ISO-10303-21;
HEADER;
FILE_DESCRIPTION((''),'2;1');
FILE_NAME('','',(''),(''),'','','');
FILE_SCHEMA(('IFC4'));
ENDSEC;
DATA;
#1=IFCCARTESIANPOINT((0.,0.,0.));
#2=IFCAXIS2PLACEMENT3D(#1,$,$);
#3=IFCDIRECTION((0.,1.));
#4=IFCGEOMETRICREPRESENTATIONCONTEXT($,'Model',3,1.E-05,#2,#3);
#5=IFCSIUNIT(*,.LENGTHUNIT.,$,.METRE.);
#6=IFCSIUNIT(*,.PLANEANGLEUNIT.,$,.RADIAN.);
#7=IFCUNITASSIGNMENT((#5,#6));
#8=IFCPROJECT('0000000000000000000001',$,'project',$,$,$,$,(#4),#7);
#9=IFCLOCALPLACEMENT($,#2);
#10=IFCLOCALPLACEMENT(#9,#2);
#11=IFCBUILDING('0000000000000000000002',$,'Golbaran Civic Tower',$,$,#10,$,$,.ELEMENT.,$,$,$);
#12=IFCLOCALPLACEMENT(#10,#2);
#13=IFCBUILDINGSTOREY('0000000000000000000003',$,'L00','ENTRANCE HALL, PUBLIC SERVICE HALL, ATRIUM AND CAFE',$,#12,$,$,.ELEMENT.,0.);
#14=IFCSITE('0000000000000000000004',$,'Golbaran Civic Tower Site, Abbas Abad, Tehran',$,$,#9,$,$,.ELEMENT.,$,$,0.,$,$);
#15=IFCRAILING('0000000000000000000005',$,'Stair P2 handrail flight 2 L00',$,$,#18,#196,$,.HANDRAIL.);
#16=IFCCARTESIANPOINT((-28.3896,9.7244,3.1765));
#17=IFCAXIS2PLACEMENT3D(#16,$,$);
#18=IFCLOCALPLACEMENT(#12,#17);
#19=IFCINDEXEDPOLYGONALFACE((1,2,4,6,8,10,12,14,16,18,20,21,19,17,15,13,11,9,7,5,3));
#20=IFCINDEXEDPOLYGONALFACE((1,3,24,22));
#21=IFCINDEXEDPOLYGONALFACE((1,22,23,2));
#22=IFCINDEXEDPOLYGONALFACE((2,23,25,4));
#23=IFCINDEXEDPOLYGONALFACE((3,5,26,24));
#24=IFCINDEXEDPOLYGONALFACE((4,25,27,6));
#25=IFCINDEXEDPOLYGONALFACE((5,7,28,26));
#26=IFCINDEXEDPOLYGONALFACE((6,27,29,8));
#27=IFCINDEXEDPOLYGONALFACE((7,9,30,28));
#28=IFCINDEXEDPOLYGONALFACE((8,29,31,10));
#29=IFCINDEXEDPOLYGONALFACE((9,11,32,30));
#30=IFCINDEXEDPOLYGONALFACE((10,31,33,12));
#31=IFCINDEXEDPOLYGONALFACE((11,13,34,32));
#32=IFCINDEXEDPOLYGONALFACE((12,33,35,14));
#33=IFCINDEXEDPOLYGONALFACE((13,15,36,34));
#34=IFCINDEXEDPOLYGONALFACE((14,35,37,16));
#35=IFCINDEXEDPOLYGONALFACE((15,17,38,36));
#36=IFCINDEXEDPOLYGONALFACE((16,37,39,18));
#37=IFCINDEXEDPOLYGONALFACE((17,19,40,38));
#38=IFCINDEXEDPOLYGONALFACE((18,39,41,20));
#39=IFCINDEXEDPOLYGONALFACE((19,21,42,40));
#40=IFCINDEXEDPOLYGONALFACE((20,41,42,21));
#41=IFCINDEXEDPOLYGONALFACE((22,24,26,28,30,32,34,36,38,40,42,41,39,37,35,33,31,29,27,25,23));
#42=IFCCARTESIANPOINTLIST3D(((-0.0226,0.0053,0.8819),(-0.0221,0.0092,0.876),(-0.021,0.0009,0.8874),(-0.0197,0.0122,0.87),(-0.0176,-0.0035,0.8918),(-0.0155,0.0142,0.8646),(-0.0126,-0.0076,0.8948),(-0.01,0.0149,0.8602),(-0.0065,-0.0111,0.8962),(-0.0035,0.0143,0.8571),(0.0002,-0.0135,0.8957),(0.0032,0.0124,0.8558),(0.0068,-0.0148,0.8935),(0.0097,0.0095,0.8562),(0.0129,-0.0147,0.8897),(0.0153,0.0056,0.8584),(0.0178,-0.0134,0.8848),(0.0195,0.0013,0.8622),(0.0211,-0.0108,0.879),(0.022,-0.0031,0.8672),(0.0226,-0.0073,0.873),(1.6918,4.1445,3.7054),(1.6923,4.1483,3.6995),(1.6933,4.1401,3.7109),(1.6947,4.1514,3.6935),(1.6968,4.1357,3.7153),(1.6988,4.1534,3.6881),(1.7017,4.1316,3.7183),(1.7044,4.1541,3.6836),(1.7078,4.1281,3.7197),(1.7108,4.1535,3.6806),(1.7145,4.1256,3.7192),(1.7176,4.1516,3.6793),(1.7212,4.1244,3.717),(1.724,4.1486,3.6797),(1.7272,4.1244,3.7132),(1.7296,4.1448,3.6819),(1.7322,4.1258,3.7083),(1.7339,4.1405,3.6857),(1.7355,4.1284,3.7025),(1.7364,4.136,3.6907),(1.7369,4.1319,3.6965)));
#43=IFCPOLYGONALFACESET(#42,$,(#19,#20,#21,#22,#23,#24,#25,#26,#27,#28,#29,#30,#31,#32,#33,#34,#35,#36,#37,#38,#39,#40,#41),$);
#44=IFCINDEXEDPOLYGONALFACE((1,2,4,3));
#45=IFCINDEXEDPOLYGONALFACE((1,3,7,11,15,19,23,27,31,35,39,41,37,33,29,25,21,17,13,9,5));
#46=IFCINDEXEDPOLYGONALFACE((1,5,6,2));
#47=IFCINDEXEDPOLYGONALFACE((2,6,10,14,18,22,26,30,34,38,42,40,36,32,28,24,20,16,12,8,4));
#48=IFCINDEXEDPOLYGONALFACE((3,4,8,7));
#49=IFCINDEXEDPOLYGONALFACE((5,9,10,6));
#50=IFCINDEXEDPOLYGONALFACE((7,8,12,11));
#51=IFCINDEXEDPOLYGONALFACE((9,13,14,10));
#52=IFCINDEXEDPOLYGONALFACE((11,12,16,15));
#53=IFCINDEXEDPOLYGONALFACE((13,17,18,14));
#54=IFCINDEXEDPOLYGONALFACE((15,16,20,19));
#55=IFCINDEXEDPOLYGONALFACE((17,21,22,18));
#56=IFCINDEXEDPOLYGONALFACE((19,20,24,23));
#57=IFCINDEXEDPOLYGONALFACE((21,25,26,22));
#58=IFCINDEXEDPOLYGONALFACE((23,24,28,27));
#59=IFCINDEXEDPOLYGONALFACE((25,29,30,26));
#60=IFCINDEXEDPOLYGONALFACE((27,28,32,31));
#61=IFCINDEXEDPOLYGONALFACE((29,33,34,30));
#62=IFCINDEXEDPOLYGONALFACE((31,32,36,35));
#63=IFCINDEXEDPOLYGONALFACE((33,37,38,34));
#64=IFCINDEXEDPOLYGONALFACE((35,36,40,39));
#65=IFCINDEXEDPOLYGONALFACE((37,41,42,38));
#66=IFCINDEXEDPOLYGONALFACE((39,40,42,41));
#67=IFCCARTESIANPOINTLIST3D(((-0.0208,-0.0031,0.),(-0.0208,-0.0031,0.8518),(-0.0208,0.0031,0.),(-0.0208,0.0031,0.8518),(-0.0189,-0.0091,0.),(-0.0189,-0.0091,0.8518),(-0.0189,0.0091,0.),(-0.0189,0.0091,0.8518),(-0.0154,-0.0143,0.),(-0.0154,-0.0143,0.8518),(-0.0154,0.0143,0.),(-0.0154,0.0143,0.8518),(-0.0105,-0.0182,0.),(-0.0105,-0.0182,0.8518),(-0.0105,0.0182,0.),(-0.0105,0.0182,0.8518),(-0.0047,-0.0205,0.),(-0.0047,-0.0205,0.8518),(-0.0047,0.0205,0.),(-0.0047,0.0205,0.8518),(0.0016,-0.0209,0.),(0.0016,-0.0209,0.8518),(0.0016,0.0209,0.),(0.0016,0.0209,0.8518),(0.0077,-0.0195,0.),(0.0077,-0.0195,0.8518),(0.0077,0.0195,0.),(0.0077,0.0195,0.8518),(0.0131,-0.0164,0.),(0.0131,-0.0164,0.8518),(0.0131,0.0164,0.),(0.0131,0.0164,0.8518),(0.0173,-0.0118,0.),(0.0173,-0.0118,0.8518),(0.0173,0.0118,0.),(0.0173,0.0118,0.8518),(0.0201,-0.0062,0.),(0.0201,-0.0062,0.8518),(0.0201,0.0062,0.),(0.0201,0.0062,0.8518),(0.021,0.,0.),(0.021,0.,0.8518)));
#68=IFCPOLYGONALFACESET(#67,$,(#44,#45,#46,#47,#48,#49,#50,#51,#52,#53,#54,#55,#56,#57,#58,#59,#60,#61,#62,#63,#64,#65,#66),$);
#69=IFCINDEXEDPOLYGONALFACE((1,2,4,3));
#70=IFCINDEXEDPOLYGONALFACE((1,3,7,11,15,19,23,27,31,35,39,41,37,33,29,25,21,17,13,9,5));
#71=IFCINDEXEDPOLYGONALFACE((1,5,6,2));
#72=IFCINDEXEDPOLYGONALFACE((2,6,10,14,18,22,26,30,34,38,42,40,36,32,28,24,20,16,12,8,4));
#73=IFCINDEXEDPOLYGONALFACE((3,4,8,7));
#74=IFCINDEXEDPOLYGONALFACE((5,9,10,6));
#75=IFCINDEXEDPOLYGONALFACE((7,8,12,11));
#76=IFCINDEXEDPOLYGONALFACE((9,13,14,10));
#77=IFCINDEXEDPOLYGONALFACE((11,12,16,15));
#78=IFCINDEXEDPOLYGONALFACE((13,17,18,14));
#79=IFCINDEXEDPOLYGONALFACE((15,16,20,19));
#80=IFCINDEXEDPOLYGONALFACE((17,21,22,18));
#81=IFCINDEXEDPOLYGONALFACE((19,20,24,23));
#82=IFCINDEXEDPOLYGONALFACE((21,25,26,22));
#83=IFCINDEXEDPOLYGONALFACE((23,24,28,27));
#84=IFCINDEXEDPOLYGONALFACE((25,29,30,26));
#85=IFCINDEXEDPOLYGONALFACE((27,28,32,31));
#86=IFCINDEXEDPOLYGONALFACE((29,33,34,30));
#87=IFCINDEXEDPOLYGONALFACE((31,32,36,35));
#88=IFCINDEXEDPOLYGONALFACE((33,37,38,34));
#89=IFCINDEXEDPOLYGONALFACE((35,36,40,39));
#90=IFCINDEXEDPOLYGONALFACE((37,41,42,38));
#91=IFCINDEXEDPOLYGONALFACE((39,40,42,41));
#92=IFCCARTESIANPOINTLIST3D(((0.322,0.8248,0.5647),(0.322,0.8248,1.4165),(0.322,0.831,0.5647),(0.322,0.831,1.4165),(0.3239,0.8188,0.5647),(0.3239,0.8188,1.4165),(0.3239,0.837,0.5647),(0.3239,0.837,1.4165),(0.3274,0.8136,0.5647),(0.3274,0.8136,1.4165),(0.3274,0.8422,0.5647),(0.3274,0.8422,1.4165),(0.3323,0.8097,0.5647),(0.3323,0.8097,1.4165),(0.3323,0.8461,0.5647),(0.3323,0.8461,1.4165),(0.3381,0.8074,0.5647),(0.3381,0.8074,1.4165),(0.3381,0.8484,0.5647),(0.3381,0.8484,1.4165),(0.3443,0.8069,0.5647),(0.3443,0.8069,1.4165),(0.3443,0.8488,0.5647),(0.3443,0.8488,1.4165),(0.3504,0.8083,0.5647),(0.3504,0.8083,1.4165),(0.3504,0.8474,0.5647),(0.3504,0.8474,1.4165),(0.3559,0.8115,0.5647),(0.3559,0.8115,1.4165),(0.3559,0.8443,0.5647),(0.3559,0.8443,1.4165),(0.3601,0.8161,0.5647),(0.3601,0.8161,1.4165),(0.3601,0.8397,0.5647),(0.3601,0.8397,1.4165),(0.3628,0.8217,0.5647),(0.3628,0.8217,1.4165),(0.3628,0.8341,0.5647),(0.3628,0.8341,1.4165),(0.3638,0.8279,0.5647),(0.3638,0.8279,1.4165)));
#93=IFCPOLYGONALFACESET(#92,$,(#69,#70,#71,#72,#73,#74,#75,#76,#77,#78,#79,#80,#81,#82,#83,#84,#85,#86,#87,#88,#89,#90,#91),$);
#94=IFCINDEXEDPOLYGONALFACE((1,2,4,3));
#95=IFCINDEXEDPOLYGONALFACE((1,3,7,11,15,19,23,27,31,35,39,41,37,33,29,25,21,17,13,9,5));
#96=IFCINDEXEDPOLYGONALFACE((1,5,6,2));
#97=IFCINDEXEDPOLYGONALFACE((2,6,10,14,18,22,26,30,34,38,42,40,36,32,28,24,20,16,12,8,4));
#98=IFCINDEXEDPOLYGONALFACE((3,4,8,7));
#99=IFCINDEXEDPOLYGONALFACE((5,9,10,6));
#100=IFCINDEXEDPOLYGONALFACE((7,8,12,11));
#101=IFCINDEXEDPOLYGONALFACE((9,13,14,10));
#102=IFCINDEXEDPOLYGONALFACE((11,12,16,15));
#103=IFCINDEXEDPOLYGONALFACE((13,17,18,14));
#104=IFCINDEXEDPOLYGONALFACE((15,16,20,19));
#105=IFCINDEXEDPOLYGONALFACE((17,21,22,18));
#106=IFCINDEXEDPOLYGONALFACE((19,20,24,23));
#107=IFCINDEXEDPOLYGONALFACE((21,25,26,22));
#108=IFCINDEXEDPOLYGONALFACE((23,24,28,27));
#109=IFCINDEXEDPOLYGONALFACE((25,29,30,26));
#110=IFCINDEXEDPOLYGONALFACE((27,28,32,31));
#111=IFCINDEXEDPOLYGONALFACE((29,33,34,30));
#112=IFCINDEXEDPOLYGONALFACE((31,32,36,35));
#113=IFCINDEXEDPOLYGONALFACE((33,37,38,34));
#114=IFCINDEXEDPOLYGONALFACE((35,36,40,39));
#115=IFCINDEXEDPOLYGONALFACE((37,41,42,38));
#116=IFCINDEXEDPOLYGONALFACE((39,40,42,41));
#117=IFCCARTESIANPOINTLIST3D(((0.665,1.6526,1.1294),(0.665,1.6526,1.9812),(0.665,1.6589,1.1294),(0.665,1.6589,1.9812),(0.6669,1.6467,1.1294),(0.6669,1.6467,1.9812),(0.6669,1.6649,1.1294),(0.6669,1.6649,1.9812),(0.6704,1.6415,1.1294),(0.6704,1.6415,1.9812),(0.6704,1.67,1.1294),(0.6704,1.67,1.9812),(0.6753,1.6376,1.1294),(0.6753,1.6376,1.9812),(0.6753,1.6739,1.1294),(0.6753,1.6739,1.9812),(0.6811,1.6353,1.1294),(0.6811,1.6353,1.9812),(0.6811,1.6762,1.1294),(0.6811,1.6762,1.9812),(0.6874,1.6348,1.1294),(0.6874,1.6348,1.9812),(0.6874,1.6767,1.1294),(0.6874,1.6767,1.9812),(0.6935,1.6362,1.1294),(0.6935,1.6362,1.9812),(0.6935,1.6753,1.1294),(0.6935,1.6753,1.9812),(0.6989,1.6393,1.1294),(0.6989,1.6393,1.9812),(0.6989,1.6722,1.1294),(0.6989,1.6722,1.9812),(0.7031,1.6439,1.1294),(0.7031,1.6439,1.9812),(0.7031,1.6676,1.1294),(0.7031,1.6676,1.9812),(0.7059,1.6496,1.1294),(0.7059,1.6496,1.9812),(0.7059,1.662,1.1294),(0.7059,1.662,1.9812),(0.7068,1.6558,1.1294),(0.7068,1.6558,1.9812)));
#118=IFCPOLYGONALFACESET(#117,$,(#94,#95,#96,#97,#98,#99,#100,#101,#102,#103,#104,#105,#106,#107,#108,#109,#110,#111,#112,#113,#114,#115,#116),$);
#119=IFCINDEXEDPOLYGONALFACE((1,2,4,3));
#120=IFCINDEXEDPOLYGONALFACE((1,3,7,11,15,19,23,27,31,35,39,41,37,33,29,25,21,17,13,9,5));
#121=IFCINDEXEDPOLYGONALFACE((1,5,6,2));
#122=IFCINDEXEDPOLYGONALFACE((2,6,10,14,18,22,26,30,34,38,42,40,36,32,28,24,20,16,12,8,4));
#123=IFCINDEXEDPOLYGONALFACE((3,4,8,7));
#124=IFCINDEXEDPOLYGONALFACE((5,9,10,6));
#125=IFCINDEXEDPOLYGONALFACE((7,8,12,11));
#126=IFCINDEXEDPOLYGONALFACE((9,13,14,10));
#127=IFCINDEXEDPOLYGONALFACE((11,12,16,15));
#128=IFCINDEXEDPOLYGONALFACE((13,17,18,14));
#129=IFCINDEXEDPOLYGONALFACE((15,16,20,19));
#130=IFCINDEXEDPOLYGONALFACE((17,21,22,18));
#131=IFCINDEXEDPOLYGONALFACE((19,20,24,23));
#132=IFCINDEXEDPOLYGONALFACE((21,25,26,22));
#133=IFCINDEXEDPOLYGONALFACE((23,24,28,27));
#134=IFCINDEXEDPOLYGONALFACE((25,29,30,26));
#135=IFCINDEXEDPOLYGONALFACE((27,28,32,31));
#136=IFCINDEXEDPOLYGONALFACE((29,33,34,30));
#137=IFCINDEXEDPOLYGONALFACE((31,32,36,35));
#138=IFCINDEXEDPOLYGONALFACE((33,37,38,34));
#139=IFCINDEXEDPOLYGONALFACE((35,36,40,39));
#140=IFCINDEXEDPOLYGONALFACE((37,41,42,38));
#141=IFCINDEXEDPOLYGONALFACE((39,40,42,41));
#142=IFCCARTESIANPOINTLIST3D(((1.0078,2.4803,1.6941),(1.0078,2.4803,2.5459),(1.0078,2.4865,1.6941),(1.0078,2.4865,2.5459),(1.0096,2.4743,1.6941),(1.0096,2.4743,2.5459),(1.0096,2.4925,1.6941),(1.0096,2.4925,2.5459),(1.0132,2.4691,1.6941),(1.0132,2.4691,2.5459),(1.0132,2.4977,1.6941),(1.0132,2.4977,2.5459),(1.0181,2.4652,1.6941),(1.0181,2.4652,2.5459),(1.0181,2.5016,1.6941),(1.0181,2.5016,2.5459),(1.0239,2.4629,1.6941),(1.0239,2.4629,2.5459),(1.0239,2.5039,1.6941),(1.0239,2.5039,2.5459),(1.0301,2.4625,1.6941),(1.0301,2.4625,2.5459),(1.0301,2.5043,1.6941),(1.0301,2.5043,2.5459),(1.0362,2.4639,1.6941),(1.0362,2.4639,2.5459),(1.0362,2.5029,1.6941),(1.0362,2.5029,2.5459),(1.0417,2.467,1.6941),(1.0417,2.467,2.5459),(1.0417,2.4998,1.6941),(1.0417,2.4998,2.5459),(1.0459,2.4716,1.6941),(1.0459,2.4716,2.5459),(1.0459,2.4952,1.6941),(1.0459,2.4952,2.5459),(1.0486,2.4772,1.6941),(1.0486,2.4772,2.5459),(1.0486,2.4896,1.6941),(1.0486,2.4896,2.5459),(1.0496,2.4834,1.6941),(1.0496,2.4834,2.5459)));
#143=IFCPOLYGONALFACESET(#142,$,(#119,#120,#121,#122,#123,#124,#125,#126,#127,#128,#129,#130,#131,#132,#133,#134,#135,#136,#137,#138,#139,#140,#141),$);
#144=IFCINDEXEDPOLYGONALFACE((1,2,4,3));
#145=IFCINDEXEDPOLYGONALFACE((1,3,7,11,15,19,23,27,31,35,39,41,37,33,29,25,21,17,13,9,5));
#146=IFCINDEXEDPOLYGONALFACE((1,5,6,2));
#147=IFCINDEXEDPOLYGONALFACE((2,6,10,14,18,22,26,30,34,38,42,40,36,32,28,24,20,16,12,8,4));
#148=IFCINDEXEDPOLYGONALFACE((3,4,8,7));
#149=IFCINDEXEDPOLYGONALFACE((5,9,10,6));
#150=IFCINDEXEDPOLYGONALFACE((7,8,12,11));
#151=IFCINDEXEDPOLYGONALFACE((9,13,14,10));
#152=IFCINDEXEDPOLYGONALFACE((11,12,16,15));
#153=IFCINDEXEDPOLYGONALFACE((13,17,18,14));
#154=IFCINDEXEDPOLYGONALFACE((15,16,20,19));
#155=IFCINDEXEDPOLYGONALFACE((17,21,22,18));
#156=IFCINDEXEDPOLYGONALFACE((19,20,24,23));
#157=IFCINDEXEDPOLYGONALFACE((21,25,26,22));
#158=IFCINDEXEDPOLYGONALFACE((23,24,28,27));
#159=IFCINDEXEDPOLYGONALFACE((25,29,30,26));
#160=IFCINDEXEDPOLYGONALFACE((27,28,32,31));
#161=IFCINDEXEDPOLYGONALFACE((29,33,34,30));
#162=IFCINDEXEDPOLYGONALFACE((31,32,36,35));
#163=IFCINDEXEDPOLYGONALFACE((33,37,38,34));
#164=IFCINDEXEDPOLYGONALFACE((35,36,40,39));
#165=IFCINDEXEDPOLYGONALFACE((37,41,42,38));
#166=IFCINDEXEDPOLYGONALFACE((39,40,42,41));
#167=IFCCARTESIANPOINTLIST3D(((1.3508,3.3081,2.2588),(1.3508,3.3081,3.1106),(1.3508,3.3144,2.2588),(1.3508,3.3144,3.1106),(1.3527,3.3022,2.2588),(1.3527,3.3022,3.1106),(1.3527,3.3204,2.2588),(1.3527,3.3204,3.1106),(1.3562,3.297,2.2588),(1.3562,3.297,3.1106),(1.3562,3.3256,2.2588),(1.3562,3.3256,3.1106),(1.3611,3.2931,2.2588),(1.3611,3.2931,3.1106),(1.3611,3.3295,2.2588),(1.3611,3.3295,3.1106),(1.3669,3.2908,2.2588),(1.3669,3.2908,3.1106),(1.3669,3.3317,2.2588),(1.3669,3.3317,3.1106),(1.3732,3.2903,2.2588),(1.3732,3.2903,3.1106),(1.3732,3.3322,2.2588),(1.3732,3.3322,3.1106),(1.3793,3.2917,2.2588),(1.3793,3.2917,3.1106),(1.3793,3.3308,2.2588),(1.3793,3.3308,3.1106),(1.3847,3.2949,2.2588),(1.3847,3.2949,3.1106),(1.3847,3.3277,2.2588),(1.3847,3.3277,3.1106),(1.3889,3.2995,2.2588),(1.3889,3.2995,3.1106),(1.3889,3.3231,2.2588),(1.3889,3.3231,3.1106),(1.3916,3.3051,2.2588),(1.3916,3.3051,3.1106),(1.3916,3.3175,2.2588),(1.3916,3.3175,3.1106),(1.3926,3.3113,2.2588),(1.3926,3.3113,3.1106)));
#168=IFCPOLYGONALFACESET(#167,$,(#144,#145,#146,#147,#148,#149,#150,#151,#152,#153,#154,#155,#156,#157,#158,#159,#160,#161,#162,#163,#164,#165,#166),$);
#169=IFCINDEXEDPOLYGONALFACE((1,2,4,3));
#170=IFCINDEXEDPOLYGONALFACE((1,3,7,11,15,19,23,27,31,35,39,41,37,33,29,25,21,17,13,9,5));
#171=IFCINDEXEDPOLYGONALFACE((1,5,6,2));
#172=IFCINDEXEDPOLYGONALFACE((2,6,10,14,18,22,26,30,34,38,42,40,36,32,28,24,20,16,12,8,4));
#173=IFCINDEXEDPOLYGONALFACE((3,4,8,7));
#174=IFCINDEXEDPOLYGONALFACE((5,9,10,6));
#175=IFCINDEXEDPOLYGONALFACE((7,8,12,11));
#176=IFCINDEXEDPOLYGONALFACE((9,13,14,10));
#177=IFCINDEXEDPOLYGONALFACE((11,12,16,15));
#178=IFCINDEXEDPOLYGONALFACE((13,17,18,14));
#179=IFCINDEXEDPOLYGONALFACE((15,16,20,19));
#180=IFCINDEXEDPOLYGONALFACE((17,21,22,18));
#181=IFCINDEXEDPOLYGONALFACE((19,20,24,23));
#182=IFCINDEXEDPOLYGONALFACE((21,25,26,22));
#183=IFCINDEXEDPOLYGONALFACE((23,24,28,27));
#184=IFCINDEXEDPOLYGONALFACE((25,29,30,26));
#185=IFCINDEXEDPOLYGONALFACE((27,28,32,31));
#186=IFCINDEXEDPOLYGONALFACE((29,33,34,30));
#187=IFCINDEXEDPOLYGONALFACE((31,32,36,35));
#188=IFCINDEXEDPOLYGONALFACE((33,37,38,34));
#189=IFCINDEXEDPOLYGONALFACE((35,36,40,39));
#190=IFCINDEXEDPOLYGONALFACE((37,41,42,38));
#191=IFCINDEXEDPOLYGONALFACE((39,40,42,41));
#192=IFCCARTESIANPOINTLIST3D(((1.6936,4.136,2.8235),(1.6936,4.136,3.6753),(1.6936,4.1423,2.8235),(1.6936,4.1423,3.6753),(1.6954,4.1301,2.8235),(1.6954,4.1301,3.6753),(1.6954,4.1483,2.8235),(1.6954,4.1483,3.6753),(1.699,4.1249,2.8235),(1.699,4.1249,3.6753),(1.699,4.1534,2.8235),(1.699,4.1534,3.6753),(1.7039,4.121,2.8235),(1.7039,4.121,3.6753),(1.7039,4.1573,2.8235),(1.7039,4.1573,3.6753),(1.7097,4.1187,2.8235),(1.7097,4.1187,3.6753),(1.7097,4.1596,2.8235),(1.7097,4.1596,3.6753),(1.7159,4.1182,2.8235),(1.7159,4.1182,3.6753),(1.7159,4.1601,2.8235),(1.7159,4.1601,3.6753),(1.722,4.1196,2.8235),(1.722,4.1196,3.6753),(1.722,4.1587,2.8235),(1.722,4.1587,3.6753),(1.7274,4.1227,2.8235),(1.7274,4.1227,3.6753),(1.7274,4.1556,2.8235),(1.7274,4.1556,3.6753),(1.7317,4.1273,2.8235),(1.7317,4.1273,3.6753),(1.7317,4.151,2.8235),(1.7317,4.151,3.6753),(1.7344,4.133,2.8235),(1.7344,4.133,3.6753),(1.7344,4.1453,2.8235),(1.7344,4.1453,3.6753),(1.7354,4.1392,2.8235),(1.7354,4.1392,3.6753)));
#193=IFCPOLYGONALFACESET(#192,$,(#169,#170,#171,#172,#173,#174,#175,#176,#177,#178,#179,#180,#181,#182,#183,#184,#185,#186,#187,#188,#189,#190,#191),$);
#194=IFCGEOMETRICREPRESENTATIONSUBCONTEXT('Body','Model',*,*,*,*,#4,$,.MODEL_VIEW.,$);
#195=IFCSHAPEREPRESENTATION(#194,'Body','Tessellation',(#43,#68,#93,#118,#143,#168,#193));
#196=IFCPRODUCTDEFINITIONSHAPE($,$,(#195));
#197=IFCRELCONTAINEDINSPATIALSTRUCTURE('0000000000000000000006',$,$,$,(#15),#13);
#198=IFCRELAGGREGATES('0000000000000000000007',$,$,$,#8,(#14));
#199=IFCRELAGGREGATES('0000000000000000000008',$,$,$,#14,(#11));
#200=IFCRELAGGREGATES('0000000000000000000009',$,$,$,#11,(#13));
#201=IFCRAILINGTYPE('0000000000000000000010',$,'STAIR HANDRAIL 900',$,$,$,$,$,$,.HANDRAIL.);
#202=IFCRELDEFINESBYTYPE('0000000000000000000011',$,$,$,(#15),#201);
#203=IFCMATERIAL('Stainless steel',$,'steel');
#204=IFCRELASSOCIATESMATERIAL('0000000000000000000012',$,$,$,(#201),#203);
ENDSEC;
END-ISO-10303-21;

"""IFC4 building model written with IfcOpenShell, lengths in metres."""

from ifc_helpers import new_model, si_unit, direction, frame, origin, origin_2d, place, context, subcontext, project, spatial, circle, extrude, material, type_object, element, save


model = new_model("IFC4")

# Units and contexts
model_context = context("Model", 3, precision=1e-05, world=origin(), true_north=direction((0.0, 1.0)))
body_context = subcontext(model_context, "Body", "Model", "MODEL_VIEW")
ifc_project = project(units=[si_unit("LENGTHUNIT", "METRE"), si_unit("PLANEANGLEUNIT", "RADIAN")], contexts=[model_context])

# Site, building, storey
site_placement = place(None, origin())
site = spatial("IfcSite", under=ifc_project, at=site_placement, Name="Golbaran Civic Tower Site, Abbas Abad, Tehran", CompositionType="ELEMENT", RefElevation=0.0)
building_placement = place(site_placement, origin())
building = spatial("IfcBuilding", under=site, at=building_placement, Name="Golbaran Civic Tower", CompositionType="ELEMENT")
storey_placement = place(building_placement, origin())
storey = spatial("IfcBuildingStorey", under=building, at=storey_placement, Name="L00", Description="ENTRANCE HALL, PUBLIC SERVICE HALL, ATRIUM AND CAFE", CompositionType="ELEMENT", Elevation=0.0)

# Railing
ifc_material_1 = material(Name="Stainless steel", Category="steel")
railing_type_1 = type_object("IfcRailingType", Name="STAIR HANDRAIL 900", PredefinedType="HANDRAIL", material=ifc_material_1)
railing_1_placement = place(storey_placement, frame((-28.3896, 9.7244, 3.1765)))
element("IfcRailing", 1, at=railing_1_placement, inside=storey, type_object=railing_type_1, Name="Stair P2 handrail flight 2 L00", PredefinedType="HANDRAIL", context=body_context, shape_type="SweptSolid", body=[
    extrude(circle(Radius=0.0239, at=origin_2d()), frame((0.0, 0.0, 0.876), z_axis=(0.32373, 0.781618, 0.533173), x_axis=(-0.923891, 0.382657, 0.0)), (0.0, 0.0, 1.0), 5.2957),
    extrude(circle(Radius=0.021, at=origin_2d()), origin(), (0.0, 0.0, 1.0), 0.8518),
    extrude(circle(Radius=0.021, at=origin_2d()), frame((0.3428, 0.8279, 0.5647)), (0.0, 0.0, 1.0), 0.8518),
    extrude(circle(Radius=0.021, at=origin_2d()), frame((0.6858, 1.6558, 1.1294)), (0.0, 0.0, 1.0), 0.8518),
    extrude(circle(Radius=0.021, at=origin_2d()), frame((1.0286, 2.4834, 1.6941)), (0.0, 0.0, 1.0), 0.8518),
    extrude(circle(Radius=0.021, at=origin_2d()), frame((1.3716, 3.3113, 2.2588)), (0.0, 0.0, 1.0), 0.8518),
    extrude(circle(Radius=0.021, at=origin_2d()), frame((1.7144, 4.1392, 2.8235)), (0.0, 0.0, 1.0), 0.8518),
])

save(model, "model.ifc")
